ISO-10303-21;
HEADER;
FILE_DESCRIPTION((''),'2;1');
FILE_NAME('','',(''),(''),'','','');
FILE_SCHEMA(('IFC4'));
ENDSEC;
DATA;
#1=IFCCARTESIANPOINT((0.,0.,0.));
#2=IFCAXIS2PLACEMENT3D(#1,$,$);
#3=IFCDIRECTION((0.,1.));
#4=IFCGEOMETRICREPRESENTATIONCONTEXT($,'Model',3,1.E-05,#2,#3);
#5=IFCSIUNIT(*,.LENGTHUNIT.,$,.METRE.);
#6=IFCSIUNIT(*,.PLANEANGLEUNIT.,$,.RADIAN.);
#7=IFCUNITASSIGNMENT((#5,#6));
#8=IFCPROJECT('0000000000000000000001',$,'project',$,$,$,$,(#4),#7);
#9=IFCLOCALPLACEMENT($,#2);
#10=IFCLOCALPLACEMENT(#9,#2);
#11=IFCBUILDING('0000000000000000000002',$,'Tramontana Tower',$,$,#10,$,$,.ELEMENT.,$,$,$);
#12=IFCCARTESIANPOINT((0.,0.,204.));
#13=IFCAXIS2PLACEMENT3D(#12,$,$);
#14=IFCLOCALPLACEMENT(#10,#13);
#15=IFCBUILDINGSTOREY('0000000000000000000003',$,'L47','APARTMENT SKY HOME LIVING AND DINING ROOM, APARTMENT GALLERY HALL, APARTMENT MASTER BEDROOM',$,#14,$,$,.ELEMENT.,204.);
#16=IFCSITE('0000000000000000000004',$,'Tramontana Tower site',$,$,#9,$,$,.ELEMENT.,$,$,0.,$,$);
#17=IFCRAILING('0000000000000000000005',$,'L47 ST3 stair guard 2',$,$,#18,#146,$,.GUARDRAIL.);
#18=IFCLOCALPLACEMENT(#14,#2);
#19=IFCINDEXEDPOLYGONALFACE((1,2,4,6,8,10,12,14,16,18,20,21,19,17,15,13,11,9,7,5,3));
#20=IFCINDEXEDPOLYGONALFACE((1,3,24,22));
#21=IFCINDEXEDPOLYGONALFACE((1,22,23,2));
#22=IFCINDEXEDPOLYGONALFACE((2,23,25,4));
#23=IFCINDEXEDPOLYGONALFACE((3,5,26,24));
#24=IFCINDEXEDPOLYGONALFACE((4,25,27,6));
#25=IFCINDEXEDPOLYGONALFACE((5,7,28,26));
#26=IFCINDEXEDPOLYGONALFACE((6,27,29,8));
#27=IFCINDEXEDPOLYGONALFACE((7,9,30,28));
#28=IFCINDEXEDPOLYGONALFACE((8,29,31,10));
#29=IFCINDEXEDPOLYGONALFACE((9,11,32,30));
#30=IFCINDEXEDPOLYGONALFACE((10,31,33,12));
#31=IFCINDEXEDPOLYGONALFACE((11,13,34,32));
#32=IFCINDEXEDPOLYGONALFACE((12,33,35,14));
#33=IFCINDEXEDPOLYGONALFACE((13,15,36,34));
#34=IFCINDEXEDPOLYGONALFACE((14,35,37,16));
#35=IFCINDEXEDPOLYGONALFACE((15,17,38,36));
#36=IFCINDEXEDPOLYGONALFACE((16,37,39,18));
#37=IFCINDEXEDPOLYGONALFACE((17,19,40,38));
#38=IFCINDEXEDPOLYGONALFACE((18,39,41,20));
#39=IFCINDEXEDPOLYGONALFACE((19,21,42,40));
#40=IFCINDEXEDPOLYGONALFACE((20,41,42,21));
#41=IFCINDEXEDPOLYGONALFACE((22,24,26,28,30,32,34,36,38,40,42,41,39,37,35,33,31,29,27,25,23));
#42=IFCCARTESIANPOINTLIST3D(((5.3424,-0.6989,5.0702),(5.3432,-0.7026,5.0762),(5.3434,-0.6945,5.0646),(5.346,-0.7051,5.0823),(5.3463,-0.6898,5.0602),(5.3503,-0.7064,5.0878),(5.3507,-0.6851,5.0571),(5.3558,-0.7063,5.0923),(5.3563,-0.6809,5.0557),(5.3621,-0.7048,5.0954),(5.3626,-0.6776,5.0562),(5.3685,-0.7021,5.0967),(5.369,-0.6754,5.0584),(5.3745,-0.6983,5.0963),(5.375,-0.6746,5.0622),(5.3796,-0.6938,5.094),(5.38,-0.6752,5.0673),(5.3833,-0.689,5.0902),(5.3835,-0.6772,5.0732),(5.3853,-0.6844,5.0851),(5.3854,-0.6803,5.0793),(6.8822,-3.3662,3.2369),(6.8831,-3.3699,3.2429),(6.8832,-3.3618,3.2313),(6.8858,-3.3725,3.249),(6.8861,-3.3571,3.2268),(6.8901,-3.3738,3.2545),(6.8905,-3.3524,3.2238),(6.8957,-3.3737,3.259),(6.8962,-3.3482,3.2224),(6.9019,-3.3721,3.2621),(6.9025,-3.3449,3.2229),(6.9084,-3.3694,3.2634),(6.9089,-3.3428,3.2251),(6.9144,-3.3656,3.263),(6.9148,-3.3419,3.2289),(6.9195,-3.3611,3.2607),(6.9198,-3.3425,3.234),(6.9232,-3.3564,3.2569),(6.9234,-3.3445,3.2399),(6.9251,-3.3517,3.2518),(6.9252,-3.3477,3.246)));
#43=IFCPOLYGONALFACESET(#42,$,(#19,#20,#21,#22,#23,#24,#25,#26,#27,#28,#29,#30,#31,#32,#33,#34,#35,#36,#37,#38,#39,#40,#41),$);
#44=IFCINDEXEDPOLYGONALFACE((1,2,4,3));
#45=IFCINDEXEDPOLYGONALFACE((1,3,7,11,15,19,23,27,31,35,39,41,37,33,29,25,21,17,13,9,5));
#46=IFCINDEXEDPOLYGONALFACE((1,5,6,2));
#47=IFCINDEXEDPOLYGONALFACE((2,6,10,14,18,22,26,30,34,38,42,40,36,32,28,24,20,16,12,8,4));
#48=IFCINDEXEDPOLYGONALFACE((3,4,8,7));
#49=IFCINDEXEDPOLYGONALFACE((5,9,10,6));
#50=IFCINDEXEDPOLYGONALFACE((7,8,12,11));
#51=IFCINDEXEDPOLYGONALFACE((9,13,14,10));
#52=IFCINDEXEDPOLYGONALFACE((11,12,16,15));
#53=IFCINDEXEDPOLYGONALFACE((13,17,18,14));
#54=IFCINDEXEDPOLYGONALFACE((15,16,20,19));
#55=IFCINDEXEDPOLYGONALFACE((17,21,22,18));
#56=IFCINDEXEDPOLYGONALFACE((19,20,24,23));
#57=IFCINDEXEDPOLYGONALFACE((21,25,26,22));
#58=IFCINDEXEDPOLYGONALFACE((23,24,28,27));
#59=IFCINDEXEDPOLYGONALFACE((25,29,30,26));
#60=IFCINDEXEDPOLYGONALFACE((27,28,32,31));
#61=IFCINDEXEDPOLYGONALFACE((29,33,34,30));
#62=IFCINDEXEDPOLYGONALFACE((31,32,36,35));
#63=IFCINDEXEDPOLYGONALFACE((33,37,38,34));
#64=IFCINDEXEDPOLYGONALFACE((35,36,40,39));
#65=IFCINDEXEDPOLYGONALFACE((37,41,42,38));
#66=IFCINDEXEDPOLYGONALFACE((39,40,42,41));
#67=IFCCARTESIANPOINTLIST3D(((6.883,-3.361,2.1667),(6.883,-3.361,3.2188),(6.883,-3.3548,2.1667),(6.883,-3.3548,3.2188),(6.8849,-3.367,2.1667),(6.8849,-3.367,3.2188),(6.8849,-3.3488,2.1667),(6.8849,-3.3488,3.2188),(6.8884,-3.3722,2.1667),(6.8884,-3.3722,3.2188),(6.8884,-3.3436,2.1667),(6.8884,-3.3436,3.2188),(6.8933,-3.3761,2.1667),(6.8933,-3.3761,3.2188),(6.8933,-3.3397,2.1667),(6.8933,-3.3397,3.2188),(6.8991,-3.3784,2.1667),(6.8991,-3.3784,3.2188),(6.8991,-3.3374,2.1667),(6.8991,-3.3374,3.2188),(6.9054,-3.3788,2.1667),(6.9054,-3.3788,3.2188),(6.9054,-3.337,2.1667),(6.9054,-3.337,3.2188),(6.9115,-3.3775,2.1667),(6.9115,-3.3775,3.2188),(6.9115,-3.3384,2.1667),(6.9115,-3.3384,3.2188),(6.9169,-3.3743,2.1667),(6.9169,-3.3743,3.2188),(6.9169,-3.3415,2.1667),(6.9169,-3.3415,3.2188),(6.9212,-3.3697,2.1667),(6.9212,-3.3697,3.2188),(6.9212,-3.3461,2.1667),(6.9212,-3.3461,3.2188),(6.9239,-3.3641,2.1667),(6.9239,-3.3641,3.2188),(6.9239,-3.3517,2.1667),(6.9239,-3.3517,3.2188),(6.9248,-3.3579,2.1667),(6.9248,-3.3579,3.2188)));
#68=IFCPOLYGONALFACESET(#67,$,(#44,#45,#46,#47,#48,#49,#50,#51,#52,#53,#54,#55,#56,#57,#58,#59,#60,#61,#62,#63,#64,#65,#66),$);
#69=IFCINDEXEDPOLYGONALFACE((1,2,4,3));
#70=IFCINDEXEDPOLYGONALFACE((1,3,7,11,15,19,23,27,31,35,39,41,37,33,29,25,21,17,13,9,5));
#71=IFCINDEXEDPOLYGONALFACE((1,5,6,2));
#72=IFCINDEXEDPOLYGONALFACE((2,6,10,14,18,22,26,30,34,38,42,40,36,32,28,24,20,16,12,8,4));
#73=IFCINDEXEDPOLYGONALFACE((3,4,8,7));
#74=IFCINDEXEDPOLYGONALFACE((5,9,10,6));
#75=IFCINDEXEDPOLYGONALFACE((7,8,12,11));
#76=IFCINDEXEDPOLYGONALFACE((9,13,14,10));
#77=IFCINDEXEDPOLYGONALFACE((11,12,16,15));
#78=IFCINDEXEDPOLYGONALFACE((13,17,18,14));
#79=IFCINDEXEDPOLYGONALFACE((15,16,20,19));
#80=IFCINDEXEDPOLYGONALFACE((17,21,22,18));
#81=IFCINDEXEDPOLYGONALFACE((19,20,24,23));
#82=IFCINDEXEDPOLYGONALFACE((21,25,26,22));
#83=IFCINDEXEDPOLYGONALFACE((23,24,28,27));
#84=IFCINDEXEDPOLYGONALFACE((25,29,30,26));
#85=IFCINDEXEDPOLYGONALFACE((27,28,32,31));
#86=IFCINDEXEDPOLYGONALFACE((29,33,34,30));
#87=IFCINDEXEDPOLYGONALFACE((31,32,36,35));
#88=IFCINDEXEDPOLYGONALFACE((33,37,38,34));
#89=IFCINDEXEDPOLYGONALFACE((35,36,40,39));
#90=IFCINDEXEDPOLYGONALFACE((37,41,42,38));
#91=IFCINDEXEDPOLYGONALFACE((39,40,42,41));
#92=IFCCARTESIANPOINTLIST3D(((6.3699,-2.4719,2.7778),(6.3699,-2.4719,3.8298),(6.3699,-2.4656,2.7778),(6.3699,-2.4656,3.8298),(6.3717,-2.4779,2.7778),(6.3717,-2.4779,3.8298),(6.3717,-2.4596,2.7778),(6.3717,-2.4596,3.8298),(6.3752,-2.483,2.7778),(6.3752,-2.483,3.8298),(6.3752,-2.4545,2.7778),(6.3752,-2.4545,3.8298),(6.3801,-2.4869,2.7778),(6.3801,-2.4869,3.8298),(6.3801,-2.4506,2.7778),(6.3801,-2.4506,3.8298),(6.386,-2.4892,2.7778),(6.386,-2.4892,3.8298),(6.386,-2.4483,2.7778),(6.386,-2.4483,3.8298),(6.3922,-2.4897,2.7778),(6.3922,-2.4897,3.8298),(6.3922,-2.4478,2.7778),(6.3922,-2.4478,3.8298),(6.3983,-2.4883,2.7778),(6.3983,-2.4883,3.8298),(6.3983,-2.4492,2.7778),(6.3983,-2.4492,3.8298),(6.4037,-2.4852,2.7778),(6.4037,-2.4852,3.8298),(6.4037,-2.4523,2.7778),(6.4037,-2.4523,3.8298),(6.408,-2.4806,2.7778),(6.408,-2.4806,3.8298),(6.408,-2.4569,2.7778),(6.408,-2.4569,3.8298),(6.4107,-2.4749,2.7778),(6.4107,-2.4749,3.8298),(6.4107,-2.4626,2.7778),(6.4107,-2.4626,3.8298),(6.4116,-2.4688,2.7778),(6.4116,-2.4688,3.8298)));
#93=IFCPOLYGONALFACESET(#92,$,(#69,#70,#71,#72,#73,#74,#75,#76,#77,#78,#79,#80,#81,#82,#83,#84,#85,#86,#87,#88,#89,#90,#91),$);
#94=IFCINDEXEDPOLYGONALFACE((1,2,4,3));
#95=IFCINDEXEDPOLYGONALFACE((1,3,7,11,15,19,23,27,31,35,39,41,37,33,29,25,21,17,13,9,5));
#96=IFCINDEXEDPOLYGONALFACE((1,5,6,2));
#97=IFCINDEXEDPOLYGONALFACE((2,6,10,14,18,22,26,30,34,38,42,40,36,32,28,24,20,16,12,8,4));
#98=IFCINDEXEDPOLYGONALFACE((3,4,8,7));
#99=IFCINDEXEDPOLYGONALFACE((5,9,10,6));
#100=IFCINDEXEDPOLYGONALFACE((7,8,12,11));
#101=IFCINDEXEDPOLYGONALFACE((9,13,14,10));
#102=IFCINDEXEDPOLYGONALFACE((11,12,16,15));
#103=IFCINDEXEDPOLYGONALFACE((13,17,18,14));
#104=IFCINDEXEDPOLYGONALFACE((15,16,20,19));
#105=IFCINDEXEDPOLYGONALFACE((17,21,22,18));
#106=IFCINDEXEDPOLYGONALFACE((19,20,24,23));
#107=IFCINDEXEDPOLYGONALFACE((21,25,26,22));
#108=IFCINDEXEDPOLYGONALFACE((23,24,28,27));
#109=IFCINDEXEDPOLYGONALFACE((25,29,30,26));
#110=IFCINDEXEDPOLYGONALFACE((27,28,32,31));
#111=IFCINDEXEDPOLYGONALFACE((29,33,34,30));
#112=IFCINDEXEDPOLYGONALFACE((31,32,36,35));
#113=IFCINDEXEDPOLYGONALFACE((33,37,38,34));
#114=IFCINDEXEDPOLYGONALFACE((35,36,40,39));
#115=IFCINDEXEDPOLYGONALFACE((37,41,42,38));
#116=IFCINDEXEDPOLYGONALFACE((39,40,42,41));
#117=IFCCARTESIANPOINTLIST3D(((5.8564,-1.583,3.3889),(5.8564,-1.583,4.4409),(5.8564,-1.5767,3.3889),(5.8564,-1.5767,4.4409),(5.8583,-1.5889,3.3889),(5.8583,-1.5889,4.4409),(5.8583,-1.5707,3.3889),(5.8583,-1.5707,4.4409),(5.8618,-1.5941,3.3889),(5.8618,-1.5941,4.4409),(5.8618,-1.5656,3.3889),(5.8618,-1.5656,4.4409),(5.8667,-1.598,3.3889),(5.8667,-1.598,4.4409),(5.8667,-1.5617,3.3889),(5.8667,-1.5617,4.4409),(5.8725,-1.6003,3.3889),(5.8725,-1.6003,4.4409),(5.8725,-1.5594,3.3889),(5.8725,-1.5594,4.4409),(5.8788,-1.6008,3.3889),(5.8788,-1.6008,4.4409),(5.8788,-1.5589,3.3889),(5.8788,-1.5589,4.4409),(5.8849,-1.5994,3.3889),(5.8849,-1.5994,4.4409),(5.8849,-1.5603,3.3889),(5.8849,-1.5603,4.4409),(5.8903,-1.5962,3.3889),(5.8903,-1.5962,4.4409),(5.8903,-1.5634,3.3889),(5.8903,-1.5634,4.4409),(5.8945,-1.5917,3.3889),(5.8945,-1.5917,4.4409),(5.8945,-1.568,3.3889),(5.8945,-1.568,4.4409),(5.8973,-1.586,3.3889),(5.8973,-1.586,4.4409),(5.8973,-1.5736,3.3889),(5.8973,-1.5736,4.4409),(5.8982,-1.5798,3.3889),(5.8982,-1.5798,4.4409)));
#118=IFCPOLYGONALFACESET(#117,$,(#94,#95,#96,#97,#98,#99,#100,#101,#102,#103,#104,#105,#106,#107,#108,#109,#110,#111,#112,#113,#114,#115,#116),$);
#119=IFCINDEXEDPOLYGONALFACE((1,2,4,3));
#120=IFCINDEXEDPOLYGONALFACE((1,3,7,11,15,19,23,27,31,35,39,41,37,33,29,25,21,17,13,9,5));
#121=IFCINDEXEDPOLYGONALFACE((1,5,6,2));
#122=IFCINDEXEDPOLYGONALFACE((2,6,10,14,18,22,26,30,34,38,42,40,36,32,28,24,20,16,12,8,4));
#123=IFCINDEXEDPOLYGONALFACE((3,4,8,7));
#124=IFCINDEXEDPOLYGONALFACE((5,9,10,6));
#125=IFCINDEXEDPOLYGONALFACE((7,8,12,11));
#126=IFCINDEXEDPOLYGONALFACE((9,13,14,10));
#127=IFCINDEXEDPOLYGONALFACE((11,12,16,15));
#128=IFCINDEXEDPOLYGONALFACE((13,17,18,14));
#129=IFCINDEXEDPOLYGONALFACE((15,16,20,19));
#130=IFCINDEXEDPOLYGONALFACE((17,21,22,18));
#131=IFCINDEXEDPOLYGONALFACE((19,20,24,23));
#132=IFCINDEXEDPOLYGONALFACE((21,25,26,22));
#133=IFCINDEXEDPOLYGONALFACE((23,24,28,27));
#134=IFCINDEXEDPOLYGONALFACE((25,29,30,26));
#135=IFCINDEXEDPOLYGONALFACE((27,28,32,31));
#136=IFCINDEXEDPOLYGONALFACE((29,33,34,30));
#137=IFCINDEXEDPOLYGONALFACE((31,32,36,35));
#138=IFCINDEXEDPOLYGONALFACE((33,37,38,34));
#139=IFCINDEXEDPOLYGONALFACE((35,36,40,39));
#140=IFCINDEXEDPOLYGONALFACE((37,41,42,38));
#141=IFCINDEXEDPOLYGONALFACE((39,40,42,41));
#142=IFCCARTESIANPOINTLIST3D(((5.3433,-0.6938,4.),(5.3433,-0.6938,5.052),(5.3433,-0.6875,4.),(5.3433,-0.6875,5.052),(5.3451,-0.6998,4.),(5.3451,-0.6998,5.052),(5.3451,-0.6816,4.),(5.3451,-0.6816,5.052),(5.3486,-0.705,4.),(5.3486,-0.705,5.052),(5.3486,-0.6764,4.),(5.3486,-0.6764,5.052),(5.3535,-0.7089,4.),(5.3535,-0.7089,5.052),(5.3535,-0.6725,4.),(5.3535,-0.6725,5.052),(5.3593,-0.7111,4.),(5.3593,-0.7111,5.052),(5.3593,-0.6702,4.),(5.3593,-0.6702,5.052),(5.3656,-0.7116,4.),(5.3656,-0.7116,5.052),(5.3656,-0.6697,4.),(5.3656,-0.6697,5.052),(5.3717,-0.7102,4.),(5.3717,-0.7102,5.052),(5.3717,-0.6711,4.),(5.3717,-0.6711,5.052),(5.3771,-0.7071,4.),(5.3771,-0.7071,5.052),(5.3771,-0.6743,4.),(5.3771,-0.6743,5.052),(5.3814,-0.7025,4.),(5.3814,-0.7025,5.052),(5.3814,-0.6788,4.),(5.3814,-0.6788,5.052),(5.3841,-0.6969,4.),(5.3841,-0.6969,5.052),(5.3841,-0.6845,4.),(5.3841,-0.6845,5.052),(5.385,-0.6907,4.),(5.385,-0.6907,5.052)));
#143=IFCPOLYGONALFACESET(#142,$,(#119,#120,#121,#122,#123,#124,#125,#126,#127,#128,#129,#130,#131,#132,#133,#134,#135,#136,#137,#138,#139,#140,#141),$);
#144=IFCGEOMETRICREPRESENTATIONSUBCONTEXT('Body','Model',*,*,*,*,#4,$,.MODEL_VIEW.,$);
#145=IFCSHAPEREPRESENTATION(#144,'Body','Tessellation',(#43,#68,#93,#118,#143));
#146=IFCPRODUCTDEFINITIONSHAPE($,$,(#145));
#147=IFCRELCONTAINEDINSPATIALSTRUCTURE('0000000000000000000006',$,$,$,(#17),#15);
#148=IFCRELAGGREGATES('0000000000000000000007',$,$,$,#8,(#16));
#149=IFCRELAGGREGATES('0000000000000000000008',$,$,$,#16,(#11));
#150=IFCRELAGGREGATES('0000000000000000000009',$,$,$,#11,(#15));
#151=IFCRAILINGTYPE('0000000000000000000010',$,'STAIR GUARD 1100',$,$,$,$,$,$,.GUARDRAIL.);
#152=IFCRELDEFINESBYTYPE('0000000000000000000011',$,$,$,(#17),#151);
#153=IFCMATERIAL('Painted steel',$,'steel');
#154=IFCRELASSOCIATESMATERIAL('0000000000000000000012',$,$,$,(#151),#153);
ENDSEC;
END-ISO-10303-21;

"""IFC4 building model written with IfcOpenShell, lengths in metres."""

from ifc_helpers import new_model, si_unit, direction, frame, origin, origin_2d, place, context, subcontext, project, spatial, circle, extrude, material, type_object, element, save


model = new_model("IFC4")

# Units and contexts
model_context = context("Model", 3, precision=1e-05, world=origin(), true_north=direction((0.0, 1.0)))
body_context = subcontext(model_context, "Body", "Model", "MODEL_VIEW")
ifc_project = project(units=[si_unit("LENGTHUNIT", "METRE"), si_unit("PLANEANGLEUNIT", "RADIAN")], contexts=[model_context])

# Site, building, storey
site_placement = place(None, origin())
site = spatial("IfcSite", under=ifc_project, at=site_placement, Name="Tramontana Tower site", CompositionType="ELEMENT", RefElevation=0.0)
building_placement = place(site_placement, origin())
building = spatial("IfcBuilding", under=site, at=building_placement, Name="Tramontana Tower", CompositionType="ELEMENT")
storey_placement = place(building_placement, frame((0.0, 0.0, 204.0)))
storey = spatial("IfcBuildingStorey", under=building, at=storey_placement, Name="L47", Description="APARTMENT SKY HOME LIVING AND DINING ROOM, APARTMENT GALLERY HALL, APARTMENT MASTER BEDROOM", CompositionType="ELEMENT", Elevation=204.0)

# Railing
ifc_material_1 = material(Name="Painted steel", Category="steel")
railing_type_1 = type_object("IfcRailingType", Name="STAIR GUARD 1100", PredefinedType="GUARDRAIL", material=ifc_material_1)
railing_1_placement = place(storey_placement, frame((6.9038, -3.3579, 2.1667)))
element("IfcRailing", 1, at=railing_1_placement, inside=storey, type_object=railing_type_1, Name="L47 ST3 stair guard 2", PredefinedType="GUARDRAIL", context=body_context, shape_type="SweptSolid", body=[
    extrude(circle(Radius=0.0239, at=origin_2d()), frame((0.0, 0.0, 1.0762), z_axis=(-0.429616, 0.744181, 0.511493), x_axis=(-0.866044, -0.499967, 0.0)), (0.0, 0.0, 1.0), 3.5842),
    extrude(circle(Radius=0.021, at=origin_2d()), origin(), (0.0, 0.0, 1.0), 1.052),
    extrude(circle(Radius=0.021, at=origin_2d()), frame((-0.5132, 0.8892, 0.6111)), (0.0, 0.0, 1.0), 1.052),
    extrude(circle(Radius=0.021, at=origin_2d()), frame((-1.0266, 1.7781, 1.2222)), (0.0, 0.0, 1.0), 1.052),
    extrude(circle(Radius=0.021, at=origin_2d()), frame((-1.5398, 2.6672, 1.8333)), (0.0, 0.0, 1.0), 1.052),
])

save(model, "model.ifc")
